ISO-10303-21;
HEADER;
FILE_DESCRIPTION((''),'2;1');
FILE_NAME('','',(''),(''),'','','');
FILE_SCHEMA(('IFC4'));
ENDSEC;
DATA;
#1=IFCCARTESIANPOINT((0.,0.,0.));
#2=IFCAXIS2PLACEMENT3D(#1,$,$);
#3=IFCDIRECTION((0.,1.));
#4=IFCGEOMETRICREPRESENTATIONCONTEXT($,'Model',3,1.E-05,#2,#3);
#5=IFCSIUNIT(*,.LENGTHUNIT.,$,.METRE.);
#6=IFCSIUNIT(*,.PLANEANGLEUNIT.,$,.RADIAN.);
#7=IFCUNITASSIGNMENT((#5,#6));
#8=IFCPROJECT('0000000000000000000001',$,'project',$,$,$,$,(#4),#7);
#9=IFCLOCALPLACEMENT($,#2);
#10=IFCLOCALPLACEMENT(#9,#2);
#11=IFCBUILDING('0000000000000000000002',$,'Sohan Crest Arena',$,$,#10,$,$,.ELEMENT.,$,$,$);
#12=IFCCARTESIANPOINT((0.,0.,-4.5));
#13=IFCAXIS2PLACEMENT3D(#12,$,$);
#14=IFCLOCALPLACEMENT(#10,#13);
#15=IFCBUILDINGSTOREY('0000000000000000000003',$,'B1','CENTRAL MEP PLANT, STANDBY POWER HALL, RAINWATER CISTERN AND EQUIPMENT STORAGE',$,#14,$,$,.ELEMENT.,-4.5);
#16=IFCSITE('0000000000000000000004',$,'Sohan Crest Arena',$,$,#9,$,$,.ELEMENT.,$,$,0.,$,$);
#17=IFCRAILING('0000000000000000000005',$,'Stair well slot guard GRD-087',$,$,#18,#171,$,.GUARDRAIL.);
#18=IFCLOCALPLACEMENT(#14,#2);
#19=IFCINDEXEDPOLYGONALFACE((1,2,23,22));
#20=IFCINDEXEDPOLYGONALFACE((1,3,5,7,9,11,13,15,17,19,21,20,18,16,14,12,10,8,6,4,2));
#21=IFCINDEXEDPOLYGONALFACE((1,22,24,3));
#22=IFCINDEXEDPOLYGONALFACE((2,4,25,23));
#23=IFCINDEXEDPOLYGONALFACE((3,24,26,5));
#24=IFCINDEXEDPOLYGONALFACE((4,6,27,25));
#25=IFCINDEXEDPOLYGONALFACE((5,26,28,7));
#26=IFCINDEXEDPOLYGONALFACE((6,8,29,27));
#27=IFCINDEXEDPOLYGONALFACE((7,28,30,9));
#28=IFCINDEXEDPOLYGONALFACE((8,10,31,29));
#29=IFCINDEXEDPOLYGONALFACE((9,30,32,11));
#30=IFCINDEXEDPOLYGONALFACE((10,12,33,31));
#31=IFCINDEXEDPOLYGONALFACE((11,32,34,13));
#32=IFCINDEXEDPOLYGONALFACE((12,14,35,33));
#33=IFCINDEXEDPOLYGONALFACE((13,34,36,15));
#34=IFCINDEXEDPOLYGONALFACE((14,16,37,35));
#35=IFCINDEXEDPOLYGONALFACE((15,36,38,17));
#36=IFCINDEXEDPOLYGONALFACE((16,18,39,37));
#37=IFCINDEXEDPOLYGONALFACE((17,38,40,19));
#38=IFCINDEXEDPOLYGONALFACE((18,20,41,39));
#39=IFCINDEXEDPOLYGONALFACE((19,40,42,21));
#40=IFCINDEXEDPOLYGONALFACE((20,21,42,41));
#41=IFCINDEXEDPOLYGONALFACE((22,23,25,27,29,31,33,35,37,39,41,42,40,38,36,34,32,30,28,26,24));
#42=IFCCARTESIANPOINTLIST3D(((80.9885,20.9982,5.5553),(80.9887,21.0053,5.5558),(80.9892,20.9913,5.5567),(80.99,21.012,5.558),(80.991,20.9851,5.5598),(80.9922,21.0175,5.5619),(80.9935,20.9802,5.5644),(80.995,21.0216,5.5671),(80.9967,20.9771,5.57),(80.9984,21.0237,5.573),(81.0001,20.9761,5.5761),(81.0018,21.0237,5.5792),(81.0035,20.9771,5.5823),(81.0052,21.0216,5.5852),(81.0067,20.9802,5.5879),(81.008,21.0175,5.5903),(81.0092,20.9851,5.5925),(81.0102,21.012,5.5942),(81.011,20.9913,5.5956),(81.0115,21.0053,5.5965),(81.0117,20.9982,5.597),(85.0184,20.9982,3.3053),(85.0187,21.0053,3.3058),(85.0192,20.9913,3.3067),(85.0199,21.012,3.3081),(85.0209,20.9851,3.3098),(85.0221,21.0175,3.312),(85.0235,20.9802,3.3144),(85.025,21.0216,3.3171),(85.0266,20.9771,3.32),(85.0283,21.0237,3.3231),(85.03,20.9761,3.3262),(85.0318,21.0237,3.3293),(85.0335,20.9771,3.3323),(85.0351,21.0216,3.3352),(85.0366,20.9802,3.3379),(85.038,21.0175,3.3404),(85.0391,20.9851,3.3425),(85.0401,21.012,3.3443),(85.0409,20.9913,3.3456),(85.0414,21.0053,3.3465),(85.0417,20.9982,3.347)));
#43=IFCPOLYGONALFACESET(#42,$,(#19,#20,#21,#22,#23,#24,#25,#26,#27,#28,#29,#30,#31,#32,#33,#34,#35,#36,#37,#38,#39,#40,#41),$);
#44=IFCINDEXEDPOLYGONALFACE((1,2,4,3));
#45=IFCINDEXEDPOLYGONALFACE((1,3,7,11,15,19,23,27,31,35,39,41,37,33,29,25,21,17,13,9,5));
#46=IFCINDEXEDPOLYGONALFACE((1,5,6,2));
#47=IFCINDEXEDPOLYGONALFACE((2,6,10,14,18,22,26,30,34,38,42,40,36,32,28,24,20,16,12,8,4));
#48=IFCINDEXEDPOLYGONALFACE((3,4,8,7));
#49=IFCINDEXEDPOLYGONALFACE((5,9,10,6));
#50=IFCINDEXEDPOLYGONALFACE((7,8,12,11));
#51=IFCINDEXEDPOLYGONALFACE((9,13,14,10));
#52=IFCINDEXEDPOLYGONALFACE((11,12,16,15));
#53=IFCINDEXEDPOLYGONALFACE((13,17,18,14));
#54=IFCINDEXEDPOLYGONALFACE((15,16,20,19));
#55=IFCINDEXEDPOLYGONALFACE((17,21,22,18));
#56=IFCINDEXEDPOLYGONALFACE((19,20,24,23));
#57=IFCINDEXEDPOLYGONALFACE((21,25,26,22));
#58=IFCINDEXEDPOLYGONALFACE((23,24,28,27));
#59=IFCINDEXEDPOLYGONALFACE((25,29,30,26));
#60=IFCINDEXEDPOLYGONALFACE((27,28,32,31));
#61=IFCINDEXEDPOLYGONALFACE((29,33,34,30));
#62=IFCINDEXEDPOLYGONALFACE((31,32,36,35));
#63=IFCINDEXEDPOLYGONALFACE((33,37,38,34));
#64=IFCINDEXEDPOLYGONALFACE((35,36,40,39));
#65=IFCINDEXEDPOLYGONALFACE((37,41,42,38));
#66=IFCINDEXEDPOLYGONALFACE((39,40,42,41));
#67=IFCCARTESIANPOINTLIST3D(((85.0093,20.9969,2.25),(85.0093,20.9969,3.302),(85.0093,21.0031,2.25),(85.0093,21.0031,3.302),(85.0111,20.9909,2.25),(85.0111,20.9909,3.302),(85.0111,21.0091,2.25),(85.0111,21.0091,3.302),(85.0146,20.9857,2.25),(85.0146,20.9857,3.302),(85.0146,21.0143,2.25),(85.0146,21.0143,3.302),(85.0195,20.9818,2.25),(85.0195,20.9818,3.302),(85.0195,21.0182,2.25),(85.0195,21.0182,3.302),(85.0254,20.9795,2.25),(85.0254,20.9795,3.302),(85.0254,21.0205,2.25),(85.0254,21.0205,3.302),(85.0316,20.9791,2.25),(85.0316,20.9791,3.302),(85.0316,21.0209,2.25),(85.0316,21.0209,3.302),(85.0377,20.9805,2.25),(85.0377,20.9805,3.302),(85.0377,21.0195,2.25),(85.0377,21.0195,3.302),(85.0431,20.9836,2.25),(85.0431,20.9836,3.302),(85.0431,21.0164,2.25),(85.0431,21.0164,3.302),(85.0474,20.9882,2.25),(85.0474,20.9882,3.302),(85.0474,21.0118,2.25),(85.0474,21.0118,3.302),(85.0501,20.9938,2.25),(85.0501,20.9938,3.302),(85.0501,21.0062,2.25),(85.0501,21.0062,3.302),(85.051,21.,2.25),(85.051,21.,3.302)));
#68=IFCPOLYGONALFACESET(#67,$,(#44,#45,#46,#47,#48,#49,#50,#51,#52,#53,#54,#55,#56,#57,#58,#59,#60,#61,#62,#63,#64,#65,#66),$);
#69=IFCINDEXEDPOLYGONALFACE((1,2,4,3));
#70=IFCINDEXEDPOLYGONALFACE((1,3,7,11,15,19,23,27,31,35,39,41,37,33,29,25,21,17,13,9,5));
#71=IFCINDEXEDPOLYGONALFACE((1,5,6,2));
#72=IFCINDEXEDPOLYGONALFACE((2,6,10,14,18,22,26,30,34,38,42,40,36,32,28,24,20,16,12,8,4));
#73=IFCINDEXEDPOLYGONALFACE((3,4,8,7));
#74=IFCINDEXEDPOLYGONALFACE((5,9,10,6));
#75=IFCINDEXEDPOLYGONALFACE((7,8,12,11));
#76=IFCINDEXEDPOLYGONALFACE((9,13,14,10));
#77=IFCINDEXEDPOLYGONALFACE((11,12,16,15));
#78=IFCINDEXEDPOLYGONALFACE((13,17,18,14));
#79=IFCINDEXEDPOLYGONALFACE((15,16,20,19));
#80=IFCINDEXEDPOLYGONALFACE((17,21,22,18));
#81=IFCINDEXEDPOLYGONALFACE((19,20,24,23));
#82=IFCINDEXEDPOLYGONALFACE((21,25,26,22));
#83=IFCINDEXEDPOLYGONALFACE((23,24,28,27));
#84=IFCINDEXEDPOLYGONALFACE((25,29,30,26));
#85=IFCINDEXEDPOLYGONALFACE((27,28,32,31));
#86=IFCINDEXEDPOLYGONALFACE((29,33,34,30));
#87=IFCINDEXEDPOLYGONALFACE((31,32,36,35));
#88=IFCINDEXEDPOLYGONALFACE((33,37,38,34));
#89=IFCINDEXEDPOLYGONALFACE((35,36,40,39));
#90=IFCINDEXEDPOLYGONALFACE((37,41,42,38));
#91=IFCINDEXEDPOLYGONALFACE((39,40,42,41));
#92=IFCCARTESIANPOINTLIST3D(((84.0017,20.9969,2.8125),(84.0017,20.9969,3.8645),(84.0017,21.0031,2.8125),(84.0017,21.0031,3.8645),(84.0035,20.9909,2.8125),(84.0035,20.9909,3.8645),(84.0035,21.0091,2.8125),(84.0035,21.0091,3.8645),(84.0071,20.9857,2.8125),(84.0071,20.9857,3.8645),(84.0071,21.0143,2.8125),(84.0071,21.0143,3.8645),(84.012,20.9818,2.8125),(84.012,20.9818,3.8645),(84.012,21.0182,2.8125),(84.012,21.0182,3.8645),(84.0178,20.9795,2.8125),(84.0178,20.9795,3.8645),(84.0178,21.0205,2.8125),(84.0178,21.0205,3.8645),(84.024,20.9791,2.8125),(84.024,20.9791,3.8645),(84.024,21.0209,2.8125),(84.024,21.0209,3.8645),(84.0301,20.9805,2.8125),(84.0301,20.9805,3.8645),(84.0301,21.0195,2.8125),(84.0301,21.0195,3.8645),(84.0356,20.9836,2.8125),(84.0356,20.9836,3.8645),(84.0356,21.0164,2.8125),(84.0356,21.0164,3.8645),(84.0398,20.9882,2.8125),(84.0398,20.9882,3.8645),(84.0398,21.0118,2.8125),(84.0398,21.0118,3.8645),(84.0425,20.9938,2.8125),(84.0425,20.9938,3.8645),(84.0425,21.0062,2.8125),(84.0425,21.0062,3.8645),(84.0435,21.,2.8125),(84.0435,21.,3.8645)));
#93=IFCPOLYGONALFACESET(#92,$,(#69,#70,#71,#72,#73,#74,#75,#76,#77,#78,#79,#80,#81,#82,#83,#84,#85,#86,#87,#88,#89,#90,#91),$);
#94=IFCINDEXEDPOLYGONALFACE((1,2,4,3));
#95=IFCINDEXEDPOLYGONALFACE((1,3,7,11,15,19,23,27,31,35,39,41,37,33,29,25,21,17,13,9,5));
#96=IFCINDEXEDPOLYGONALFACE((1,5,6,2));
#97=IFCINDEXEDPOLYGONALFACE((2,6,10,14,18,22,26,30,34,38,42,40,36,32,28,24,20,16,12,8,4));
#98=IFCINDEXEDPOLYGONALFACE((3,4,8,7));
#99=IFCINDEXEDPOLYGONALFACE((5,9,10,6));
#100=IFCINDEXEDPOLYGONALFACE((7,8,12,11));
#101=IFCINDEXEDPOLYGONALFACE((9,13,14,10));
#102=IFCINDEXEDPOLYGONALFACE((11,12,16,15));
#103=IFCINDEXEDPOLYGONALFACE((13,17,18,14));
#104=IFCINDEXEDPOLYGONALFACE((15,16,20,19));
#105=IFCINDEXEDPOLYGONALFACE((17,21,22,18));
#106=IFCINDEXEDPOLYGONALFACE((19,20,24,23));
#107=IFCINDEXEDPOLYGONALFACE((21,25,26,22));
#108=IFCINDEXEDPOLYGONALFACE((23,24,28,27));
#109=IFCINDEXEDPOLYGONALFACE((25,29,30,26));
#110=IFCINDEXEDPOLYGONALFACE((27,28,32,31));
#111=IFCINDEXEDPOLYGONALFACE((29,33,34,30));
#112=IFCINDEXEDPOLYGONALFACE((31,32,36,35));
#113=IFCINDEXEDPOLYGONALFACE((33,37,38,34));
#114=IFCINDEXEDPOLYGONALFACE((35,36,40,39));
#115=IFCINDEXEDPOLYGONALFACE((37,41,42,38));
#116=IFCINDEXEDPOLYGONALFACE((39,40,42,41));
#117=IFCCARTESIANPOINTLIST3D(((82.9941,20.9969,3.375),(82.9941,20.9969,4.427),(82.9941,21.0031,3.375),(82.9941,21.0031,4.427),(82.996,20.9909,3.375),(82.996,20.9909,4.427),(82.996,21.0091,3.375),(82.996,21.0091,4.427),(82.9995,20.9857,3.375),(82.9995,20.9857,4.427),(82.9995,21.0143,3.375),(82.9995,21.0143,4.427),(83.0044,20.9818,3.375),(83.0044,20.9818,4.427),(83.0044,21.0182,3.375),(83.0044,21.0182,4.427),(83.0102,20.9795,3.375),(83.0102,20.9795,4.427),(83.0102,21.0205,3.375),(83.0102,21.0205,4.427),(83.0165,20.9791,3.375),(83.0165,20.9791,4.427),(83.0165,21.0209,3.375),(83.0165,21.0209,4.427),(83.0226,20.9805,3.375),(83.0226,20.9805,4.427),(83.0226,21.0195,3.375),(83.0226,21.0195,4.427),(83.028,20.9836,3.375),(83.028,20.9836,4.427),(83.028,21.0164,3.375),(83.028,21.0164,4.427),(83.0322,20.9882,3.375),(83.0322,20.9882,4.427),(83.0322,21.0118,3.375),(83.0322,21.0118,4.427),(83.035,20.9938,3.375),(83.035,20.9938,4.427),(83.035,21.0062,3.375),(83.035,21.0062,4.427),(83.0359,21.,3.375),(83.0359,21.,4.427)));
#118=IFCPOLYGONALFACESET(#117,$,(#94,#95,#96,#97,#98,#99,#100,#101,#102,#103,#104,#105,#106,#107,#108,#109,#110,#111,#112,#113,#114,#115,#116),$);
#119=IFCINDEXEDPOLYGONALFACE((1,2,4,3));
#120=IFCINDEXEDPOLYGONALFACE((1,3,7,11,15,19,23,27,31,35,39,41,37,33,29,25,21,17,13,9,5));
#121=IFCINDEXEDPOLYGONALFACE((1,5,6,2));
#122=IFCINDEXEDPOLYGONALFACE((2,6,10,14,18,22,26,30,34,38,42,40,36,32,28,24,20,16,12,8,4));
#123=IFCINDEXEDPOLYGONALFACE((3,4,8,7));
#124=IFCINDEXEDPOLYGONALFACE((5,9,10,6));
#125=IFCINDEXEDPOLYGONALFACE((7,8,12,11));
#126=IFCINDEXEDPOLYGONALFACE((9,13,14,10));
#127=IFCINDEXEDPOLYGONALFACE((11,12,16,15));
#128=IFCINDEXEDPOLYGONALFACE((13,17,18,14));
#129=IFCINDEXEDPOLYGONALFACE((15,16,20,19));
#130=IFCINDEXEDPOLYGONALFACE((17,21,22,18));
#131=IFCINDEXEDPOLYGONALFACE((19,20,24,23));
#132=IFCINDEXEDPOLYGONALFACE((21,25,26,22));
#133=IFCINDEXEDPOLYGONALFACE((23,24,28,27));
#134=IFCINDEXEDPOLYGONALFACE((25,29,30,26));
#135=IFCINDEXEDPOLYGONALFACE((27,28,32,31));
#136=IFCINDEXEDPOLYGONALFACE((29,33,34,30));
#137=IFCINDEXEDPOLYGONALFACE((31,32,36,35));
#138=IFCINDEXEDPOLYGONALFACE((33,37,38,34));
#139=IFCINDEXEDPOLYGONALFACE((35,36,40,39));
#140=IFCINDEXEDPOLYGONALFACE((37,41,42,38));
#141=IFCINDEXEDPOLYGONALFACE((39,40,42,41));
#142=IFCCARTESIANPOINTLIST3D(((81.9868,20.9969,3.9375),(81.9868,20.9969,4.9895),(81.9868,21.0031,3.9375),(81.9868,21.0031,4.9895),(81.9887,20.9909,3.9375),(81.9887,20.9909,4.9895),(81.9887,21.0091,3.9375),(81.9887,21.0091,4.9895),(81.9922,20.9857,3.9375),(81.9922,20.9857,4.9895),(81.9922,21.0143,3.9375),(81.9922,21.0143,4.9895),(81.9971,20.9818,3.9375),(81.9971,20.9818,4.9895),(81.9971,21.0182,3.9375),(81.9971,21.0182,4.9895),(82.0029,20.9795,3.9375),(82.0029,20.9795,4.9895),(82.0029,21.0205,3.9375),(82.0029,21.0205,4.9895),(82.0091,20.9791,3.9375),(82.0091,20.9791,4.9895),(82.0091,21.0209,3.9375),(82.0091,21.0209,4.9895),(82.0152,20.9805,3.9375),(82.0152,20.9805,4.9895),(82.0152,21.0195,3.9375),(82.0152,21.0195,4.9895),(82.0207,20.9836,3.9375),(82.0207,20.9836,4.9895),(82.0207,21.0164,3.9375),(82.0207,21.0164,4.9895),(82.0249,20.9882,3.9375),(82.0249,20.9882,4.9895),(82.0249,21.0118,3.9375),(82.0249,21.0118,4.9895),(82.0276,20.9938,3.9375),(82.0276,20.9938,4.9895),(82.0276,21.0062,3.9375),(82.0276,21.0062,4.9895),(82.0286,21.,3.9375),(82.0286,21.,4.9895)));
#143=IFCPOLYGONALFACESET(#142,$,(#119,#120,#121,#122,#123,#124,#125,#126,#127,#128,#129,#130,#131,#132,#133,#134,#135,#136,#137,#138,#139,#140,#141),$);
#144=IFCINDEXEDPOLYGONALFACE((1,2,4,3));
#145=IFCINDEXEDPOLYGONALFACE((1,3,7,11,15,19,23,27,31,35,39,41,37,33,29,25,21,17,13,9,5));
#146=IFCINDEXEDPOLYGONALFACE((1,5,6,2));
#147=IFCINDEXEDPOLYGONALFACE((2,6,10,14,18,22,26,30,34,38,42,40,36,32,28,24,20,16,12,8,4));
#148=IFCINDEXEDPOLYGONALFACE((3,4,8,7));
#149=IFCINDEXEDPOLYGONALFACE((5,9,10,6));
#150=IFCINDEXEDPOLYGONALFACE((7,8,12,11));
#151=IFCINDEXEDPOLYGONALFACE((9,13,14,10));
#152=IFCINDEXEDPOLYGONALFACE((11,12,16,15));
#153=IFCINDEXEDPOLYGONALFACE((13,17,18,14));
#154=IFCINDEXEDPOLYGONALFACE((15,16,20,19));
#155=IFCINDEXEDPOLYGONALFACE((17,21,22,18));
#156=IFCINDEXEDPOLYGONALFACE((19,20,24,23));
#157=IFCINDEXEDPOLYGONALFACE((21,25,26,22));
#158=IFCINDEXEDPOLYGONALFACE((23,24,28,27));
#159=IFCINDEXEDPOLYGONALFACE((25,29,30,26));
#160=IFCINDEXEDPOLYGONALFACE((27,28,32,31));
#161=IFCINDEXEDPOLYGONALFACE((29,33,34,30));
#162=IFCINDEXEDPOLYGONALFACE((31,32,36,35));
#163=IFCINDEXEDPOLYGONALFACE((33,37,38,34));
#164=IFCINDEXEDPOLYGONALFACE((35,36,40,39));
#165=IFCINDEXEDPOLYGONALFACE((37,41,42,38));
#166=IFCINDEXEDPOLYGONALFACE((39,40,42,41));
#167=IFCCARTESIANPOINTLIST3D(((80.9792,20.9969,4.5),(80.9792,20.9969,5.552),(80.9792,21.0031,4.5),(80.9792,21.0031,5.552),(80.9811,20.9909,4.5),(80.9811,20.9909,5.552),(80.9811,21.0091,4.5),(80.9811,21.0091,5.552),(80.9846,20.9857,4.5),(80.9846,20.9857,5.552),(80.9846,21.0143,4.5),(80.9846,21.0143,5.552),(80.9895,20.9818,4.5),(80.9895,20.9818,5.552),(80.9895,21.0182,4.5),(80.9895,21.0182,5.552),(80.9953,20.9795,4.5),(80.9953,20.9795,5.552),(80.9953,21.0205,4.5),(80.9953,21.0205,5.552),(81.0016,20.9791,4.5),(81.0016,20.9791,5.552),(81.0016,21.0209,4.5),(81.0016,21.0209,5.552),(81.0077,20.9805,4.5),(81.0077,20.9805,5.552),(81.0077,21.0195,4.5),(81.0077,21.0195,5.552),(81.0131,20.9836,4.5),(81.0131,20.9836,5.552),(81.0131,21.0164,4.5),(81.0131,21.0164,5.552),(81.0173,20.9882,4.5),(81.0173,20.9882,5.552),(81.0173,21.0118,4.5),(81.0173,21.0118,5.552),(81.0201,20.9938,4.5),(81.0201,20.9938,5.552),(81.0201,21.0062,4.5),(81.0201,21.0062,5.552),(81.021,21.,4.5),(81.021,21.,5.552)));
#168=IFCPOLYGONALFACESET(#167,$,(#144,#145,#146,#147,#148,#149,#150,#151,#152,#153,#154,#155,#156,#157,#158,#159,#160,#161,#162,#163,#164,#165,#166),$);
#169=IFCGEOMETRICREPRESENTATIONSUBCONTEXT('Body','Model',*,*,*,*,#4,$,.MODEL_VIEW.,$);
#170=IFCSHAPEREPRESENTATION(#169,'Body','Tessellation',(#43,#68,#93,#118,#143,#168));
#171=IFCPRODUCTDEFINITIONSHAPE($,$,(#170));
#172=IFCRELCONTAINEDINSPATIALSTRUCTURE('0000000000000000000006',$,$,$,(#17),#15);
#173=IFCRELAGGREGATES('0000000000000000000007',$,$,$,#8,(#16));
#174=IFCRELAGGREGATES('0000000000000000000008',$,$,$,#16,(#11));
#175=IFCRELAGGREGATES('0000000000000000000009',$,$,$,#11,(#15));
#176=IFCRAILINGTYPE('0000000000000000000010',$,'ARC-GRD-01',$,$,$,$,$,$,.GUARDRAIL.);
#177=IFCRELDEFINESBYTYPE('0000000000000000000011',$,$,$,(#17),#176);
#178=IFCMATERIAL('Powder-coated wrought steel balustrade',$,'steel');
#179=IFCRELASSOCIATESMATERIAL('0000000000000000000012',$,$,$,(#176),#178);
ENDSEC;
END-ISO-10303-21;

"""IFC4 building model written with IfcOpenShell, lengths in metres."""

from ifc_helpers import new_model, si_unit, direction, frame, origin, origin_2d, place, context, subcontext, project, spatial, circle, extrude, material, type_object, element, save


model = new_model("IFC4")

# Units and contexts
model_context = context("Model", 3, precision=1e-05, world=origin(), true_north=direction((0.0, 1.0)))
body_context = subcontext(model_context, "Body", "Model", "MODEL_VIEW")
ifc_project = project(units=[si_unit("LENGTHUNIT", "METRE"), si_unit("PLANEANGLEUNIT", "RADIAN")], contexts=[model_context])

# Site, building, storey
site_placement = place(None, origin())
site = spatial("IfcSite", under=ifc_project, at=site_placement, Name="Sohan Crest Arena", CompositionType="ELEMENT", RefElevation=0.0)
building_placement = place(site_placement, origin())
building = spatial("IfcBuilding", under=site, at=building_placement, Name="Sohan Crest Arena", CompositionType="ELEMENT")
storey_placement = place(building_placement, frame((0.0, 0.0, -4.5)))
storey = spatial("IfcBuildingStorey", under=building, at=storey_placement, Name="B1", Description="CENTRAL MEP PLANT, STANDBY POWER HALL, RAINWATER CISTERN AND EQUIPMENT STORAGE", CompositionType="ELEMENT", Elevation=-4.5)

# Railing
ifc_material_1 = material(Name="Powder-coated wrought steel balustrade", Category="steel")
railing_type_1 = type_object("IfcRailingType", Name="ARC-GRD-01", PredefinedType="GUARDRAIL", material=ifc_material_1)
railing_1_placement = place(storey_placement, frame((85.03, 21.0, 2.25)))
element("IfcRailing", 1, at=railing_1_placement, inside=storey, type_object=railing_type_1, Name="Stair well slot guard GRD-087", PredefinedType="GUARDRAIL", context=body_context, shape_type="SweptSolid", body=[
    extrude(circle(Radius=0.0239, at=origin_2d()), frame((0.0, 0.0, 1.0762), z_axis=(-0.873135, 0.0, 0.487479), x_axis=(0.0, -1.0, 0.0)), (0.0, 0.0, 1.0), 4.6155),
    extrude(circle(Radius=0.021, at=origin_2d()), origin(), (0.0, 0.0, 1.0), 1.052),
    extrude(circle(Radius=0.021, at=origin_2d()), frame((-1.0076, 0.0, 0.5625)), (0.0, 0.0, 1.0), 1.052),
    extrude(circle(Radius=0.021, at=origin_2d()), frame((-2.0151, 0.0, 1.125)), (0.0, 0.0, 1.0), 1.052),
    extrude(circle(Radius=0.021, at=origin_2d()), frame((-3.0225, 0.0, 1.6875)), (0.0, 0.0, 1.0), 1.052),
    extrude(circle(Radius=0.021, at=origin_2d()), frame((-4.03, 0.0, 2.25)), (0.0, 0.0, 1.0), 1.052),
])

save(model, "model.ifc")
